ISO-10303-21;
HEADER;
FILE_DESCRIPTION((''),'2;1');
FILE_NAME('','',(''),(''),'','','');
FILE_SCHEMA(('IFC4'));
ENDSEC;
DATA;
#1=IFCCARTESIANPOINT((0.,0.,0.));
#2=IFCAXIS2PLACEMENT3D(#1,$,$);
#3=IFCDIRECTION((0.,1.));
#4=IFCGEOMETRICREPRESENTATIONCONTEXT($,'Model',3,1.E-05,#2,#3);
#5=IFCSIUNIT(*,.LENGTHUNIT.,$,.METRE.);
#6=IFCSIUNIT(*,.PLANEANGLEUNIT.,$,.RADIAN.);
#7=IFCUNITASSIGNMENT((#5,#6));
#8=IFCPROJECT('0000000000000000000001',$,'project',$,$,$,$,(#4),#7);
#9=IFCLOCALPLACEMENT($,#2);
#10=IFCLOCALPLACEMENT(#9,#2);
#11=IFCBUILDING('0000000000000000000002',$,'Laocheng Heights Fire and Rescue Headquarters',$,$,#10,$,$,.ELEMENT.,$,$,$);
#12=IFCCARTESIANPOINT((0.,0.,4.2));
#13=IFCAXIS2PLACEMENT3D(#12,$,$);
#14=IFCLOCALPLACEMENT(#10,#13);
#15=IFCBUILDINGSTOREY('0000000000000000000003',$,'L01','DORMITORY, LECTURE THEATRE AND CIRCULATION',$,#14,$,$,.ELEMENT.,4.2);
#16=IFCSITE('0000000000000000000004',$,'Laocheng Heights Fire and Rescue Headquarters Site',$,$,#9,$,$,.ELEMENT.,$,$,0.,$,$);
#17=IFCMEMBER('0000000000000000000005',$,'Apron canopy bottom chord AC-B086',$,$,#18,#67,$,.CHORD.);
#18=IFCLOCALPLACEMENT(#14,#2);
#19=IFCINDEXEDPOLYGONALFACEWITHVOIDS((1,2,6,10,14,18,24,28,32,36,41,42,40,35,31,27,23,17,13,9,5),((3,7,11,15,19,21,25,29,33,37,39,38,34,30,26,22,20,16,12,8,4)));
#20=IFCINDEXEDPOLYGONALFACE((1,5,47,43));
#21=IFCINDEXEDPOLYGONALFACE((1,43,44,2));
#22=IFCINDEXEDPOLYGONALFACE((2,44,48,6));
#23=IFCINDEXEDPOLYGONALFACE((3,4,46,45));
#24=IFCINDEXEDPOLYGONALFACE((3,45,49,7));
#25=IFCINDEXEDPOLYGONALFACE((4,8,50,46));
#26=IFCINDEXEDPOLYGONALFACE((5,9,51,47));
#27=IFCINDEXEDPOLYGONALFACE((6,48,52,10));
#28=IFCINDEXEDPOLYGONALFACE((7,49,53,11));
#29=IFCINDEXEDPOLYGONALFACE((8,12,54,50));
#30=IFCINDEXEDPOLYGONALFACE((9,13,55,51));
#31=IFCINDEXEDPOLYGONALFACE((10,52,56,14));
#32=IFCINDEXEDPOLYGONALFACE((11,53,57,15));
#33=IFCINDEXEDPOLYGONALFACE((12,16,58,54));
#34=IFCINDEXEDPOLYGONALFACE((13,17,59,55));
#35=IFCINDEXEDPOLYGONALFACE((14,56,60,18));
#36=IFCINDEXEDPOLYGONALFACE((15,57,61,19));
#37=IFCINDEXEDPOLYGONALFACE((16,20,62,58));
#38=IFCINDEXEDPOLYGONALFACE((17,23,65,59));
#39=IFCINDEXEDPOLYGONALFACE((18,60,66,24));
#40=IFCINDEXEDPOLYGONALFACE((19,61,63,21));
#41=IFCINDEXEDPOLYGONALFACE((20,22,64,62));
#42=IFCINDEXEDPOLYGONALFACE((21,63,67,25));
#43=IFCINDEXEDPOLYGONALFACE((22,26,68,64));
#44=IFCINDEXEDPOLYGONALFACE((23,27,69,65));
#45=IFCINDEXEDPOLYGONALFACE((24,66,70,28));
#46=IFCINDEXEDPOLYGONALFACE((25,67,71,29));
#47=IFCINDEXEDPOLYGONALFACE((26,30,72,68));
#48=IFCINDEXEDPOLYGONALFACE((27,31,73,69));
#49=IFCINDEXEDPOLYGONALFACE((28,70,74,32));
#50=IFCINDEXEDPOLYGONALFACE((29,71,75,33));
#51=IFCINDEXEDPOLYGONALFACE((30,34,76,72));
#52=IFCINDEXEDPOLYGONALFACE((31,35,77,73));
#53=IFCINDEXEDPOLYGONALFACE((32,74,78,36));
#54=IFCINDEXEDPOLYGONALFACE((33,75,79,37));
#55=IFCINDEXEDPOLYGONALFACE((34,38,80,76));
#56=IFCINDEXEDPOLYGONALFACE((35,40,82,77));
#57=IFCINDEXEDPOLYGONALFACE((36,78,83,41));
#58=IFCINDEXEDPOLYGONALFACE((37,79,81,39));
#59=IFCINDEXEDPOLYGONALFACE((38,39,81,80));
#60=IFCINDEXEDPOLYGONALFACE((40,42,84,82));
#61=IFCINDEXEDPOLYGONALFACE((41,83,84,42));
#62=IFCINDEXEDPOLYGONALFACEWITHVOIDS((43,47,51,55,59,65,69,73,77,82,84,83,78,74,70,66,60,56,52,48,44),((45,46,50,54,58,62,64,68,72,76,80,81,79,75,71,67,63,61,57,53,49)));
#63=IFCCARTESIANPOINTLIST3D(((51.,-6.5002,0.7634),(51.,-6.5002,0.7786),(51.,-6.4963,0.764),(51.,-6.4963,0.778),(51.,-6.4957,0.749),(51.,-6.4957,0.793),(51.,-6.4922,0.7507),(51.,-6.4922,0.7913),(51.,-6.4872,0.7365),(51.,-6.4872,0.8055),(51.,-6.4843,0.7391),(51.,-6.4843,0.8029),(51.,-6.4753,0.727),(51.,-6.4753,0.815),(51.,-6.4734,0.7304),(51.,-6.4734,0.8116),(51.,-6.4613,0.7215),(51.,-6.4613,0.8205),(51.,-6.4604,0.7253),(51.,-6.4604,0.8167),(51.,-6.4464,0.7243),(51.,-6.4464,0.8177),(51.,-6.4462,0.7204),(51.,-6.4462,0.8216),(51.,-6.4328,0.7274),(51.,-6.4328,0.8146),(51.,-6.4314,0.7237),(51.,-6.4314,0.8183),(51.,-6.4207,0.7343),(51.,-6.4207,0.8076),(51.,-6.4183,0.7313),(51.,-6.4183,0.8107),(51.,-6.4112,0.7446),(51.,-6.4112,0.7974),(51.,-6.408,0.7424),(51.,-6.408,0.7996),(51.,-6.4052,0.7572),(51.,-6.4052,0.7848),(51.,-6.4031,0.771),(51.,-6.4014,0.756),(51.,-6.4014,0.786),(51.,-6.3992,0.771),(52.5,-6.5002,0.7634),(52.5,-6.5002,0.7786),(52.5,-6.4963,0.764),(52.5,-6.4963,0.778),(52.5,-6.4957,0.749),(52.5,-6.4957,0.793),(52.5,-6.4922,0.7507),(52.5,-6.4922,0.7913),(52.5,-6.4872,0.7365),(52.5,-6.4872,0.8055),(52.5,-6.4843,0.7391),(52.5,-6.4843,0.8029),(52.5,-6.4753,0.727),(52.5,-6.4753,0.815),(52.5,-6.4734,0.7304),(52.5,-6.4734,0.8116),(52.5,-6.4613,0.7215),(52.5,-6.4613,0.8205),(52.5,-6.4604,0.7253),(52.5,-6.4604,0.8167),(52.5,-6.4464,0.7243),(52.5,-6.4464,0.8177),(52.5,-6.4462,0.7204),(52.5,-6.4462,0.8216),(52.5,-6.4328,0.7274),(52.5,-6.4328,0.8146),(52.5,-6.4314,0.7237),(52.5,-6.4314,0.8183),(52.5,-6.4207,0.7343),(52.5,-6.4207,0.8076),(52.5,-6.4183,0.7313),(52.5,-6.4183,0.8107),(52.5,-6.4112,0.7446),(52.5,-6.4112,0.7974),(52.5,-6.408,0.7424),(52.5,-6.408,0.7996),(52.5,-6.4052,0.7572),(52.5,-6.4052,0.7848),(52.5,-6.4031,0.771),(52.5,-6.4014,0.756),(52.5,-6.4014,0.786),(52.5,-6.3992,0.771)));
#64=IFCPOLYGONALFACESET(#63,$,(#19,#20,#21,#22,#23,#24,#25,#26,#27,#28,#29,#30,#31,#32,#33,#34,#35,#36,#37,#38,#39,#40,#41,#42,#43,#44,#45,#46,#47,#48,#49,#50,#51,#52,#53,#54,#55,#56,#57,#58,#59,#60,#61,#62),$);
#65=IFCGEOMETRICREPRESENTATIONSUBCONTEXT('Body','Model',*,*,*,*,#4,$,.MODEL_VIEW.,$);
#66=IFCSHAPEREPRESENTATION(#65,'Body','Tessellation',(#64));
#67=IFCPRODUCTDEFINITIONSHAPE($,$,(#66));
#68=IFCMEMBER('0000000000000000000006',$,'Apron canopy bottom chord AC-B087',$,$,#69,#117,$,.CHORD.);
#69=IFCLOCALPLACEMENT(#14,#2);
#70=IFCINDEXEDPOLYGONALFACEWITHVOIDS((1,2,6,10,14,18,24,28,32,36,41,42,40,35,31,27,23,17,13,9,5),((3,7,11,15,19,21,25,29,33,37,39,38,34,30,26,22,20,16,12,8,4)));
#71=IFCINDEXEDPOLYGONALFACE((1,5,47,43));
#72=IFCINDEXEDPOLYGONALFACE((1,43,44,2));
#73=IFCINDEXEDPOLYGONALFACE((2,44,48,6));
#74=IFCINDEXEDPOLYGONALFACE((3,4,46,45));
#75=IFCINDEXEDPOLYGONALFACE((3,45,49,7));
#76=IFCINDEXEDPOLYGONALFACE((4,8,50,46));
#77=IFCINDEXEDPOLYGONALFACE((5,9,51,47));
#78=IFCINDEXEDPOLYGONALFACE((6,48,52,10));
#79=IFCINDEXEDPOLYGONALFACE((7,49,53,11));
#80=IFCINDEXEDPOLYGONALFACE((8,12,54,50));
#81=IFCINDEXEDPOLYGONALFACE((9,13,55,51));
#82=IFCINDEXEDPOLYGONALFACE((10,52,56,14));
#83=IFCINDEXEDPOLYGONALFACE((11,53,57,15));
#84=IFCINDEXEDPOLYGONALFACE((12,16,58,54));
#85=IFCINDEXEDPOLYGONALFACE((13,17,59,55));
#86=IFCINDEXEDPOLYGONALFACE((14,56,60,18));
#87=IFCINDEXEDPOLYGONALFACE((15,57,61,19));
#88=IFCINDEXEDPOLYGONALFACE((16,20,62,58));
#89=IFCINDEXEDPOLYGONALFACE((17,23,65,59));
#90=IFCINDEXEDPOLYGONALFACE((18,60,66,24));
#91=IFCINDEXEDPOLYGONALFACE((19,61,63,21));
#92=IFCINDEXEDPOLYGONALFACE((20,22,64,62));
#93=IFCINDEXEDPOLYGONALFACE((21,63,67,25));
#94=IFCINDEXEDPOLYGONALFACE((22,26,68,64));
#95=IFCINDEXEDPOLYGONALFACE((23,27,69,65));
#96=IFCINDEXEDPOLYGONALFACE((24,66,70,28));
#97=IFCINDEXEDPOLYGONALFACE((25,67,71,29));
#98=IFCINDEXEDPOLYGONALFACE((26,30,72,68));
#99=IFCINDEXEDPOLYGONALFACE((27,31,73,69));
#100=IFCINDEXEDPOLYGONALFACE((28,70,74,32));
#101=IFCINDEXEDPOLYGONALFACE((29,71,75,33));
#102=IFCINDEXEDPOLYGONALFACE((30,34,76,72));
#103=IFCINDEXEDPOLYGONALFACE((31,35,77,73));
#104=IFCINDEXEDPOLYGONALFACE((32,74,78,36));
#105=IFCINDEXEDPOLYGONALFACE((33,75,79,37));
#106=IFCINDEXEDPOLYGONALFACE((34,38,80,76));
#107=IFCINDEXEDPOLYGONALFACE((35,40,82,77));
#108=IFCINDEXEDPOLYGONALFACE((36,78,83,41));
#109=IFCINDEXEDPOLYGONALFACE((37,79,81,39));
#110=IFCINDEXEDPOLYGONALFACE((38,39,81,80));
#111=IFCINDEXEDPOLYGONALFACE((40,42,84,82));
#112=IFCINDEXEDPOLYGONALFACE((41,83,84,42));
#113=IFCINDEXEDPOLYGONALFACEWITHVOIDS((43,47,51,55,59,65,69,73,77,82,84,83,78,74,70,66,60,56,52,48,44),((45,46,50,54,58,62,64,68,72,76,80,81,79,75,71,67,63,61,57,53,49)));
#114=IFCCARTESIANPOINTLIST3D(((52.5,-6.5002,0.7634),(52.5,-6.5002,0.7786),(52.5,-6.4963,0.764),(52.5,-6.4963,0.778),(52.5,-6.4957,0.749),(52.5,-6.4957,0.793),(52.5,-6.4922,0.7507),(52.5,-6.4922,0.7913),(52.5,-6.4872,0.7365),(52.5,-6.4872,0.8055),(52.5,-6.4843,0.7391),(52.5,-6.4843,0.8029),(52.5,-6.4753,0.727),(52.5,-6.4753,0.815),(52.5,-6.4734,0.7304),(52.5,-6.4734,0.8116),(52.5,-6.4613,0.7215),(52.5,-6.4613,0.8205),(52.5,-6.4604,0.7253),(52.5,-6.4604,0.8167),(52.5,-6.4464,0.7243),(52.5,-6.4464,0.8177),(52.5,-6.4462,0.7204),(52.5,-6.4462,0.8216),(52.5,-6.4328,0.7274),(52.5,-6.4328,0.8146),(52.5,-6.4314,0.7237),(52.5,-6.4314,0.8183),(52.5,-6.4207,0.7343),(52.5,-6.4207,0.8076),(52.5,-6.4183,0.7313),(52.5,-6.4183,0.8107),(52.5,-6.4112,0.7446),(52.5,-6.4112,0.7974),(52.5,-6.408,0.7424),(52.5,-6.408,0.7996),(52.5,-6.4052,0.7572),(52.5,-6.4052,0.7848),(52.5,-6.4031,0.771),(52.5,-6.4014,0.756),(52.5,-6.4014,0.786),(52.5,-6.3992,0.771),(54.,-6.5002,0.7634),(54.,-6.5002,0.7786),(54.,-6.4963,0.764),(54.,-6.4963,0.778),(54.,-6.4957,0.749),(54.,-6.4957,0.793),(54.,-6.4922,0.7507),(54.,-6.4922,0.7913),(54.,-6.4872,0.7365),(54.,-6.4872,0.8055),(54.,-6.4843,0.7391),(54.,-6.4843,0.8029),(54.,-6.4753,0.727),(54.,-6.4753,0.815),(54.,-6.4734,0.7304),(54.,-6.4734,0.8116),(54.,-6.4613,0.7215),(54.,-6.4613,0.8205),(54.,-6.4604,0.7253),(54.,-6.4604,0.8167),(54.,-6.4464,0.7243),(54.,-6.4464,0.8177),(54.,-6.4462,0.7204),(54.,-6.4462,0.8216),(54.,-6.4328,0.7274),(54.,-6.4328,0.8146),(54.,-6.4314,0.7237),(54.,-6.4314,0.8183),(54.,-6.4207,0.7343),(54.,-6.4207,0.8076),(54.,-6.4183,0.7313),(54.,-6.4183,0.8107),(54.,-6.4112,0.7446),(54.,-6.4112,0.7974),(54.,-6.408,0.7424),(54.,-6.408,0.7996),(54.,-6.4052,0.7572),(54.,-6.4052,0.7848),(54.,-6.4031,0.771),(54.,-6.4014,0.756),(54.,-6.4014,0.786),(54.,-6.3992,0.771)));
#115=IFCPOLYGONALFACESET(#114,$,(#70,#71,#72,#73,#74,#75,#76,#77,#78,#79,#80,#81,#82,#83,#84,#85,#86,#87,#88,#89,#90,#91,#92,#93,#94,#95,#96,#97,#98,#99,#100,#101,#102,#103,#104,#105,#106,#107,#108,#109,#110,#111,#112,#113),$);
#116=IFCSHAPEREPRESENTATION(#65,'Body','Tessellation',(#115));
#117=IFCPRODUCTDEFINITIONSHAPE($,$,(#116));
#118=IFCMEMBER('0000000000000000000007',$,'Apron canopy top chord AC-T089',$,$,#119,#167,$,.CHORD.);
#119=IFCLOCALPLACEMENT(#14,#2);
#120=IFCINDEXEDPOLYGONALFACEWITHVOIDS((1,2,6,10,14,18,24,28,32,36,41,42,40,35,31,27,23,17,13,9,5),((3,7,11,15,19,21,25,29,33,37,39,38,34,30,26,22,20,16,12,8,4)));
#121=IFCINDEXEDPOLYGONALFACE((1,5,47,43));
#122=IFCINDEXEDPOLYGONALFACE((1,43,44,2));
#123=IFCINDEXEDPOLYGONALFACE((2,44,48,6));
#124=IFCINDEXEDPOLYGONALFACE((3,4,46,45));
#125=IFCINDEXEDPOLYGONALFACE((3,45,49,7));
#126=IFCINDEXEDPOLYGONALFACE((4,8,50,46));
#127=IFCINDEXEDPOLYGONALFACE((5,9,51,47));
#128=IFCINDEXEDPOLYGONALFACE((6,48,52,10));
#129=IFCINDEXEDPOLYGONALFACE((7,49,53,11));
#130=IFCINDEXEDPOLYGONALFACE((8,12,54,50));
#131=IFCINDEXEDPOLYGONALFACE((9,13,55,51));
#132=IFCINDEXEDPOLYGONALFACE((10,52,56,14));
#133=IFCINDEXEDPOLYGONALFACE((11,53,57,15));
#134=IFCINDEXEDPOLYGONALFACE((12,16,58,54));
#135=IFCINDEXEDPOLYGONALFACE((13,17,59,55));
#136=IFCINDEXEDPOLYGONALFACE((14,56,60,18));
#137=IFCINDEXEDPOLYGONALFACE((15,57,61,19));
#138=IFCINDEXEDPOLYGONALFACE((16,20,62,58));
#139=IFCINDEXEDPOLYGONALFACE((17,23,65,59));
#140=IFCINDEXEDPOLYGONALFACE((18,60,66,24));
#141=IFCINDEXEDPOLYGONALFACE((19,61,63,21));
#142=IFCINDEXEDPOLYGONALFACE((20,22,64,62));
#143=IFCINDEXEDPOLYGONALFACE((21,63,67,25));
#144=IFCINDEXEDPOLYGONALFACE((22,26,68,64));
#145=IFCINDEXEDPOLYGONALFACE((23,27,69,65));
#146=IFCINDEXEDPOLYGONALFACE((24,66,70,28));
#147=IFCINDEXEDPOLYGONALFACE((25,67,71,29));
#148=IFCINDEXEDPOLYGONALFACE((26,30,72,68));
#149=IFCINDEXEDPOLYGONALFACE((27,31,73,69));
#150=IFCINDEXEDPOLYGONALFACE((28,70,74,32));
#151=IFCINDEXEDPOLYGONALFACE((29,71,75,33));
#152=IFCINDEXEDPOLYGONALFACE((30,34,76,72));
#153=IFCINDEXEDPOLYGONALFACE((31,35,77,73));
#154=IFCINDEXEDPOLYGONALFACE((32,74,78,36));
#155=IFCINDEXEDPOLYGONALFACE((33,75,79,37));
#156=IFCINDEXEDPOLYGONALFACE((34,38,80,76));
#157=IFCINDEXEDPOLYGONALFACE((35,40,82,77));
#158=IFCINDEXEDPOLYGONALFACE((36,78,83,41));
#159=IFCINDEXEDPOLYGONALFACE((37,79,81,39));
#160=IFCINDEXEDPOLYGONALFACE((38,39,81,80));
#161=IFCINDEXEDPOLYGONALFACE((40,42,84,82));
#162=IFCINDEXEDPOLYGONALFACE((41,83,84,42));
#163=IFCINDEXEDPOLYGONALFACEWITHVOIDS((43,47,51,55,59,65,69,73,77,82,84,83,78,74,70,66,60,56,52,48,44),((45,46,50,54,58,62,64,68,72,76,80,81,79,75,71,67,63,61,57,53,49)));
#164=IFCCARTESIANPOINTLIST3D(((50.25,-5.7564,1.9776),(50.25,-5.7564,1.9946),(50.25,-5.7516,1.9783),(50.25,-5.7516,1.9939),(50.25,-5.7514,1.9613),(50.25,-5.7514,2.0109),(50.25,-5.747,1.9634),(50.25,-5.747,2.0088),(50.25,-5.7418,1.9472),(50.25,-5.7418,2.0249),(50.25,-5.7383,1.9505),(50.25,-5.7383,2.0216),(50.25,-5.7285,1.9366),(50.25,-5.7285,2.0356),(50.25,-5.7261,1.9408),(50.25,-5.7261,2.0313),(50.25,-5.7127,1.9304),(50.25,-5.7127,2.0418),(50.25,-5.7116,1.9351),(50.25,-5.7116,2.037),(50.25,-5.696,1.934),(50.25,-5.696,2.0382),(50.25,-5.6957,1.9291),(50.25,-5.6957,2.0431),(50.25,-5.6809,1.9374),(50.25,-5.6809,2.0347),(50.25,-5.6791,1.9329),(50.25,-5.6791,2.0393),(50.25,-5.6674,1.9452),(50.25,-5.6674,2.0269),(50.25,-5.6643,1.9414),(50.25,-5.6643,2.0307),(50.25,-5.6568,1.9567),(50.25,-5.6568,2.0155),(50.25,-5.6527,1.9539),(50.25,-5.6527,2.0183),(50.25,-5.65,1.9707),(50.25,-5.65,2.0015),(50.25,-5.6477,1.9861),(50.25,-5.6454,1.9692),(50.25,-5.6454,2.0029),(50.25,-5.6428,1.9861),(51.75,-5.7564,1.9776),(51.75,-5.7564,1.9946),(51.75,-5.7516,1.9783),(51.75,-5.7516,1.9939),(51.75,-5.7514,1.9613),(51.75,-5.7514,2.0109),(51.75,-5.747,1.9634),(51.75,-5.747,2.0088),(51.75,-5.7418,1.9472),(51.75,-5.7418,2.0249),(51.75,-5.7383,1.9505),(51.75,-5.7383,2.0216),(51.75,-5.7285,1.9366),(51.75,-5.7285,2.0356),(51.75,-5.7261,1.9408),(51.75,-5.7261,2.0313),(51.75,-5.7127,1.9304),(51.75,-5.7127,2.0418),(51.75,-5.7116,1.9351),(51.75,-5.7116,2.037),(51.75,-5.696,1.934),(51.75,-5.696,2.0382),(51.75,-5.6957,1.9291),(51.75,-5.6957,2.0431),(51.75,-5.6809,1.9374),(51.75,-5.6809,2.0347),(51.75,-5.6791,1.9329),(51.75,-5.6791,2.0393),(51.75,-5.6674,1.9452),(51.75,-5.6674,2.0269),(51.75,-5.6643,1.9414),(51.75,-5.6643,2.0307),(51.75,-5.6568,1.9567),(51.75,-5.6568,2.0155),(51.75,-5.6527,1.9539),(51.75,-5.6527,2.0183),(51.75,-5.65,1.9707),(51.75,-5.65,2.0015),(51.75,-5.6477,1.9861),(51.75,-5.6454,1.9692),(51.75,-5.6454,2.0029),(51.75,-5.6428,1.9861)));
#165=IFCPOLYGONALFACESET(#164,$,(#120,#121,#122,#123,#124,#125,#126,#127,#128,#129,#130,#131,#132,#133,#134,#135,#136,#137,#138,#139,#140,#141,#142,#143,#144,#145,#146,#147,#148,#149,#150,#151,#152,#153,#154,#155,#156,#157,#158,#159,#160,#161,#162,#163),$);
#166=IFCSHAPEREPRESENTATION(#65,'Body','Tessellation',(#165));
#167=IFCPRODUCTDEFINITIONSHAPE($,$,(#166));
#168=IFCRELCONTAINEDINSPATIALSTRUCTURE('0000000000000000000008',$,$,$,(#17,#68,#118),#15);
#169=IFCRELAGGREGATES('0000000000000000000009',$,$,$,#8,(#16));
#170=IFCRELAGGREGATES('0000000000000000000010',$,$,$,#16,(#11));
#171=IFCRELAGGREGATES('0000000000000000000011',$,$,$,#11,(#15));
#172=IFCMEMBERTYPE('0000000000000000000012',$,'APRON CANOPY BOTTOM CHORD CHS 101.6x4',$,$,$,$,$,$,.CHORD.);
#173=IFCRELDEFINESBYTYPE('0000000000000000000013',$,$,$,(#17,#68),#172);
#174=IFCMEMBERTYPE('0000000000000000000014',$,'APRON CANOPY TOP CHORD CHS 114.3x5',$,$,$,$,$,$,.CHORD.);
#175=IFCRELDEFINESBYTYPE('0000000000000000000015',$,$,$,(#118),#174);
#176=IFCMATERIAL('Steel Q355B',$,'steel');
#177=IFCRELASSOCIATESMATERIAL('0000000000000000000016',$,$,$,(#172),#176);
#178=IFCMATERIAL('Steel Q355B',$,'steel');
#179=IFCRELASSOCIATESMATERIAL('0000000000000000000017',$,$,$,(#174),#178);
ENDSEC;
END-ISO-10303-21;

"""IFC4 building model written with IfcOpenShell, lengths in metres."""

from ifc_helpers import new_model, si_unit, direction, frame, origin, origin_2d, place, context, subcontext, project, spatial, hollow_circle, extrude, material, material_profile, profile_set, type_object, element, save


model = new_model("IFC4")

# Units and contexts
model_context = context("Model", 3, precision=1e-05, world=origin(), true_north=direction((0.0, 1.0)))
body_context = subcontext(model_context, "Body", "Model", "MODEL_VIEW")
ifc_project = project(units=[si_unit("LENGTHUNIT", "METRE"), si_unit("PLANEANGLEUNIT", "RADIAN")], contexts=[model_context])

# Site, building, storey
site_placement = place(None, origin())
site = spatial("IfcSite", under=ifc_project, at=site_placement, Name="Laocheng Heights Fire and Rescue Headquarters Site", CompositionType="ELEMENT", RefElevation=0.0)
building_placement = place(site_placement, origin())
building = spatial("IfcBuilding", under=site, at=building_placement, Name="Laocheng Heights Fire and Rescue Headquarters", CompositionType="ELEMENT")
storey_placement = place(building_placement, frame((0.0, 0.0, 4.2)))
storey = spatial("IfcBuildingStorey", under=building, at=storey_placement, Name="L01", Description="DORMITORY, LECTURE THEATRE AND CIRCULATION", CompositionType="ELEMENT", Elevation=4.2)

# Members
ifc_material_1 = material(Name="Steel Q355B", Category="steel")
ifc_material_profile_1 = material_profile(ifc_material_1, hollow_circle(Radius=0.0508, WallThickness=0.0039, at=origin_2d()), Name="CHS 101.6x4")
ifc_profile_set_1 = profile_set([ifc_material_profile_1], Name="Steel Q355B")
member_type_1 = type_object("IfcMemberType", Name="APRON CANOPY BOTTOM CHORD CHS 101.6x4", PredefinedType="CHORD", material=ifc_profile_set_1)
for number, where, z_axis, x_axis, name in (
    (1, (51.0, -6.45, 0.771), (1.0, 0.0, 0.0), (0.0, 1.0, 0.0), "Apron canopy bottom chord AC-B086"),
    (2, (52.5, -6.45, 0.771), (1.0, 0.0, 0.0), (0.0, 1.0, 0.0), "Apron canopy bottom chord AC-B087"),
):
    element("IfcMember", number, at=place(storey_placement, frame(where, z_axis=z_axis, x_axis=x_axis)), inside=storey, type_object=member_type_1, Name=name, PredefinedType="CHORD", context=body_context, shape_type="SweptSolid", body=[
        extrude(hollow_circle(Radius=0.0508, WallThickness=0.0039, at=origin_2d()), origin(), (0.0, 0.0, 1.0), 1.5),
    ])
ifc_material_2 = material(Name="Steel Q355B", Category="steel")
ifc_material_profile_2 = material_profile(ifc_material_2, hollow_circle(Radius=0.0571, WallThickness=0.0049, at=origin_2d()), Name="CHS 114.3x5")
ifc_profile_set_2 = profile_set([ifc_material_profile_2], Name="Steel Q355B")
member_type_2 = type_object("IfcMemberType", Name="APRON CANOPY TOP CHORD CHS 114.3x5", PredefinedType="CHORD", material=ifc_profile_set_2)
for number, where, z_axis, x_axis, name in (
    (3, (50.25, -5.7, 1.9861), (1.0, 0.0, 0.0), (0.0, 1.0, 0.0), "Apron canopy top chord AC-T089"),
):
    element("IfcMember", number, at=place(storey_placement, frame(where, z_axis=z_axis, x_axis=x_axis)), inside=storey, type_object=member_type_2, Name=name, PredefinedType="CHORD", context=body_context, shape_type="SweptSolid", body=[
        extrude(hollow_circle(Radius=0.0571, WallThickness=0.0049, at=origin_2d()), origin(), (0.0, 0.0, 1.0), 1.5),
    ])

save(model, "model.ifc")
